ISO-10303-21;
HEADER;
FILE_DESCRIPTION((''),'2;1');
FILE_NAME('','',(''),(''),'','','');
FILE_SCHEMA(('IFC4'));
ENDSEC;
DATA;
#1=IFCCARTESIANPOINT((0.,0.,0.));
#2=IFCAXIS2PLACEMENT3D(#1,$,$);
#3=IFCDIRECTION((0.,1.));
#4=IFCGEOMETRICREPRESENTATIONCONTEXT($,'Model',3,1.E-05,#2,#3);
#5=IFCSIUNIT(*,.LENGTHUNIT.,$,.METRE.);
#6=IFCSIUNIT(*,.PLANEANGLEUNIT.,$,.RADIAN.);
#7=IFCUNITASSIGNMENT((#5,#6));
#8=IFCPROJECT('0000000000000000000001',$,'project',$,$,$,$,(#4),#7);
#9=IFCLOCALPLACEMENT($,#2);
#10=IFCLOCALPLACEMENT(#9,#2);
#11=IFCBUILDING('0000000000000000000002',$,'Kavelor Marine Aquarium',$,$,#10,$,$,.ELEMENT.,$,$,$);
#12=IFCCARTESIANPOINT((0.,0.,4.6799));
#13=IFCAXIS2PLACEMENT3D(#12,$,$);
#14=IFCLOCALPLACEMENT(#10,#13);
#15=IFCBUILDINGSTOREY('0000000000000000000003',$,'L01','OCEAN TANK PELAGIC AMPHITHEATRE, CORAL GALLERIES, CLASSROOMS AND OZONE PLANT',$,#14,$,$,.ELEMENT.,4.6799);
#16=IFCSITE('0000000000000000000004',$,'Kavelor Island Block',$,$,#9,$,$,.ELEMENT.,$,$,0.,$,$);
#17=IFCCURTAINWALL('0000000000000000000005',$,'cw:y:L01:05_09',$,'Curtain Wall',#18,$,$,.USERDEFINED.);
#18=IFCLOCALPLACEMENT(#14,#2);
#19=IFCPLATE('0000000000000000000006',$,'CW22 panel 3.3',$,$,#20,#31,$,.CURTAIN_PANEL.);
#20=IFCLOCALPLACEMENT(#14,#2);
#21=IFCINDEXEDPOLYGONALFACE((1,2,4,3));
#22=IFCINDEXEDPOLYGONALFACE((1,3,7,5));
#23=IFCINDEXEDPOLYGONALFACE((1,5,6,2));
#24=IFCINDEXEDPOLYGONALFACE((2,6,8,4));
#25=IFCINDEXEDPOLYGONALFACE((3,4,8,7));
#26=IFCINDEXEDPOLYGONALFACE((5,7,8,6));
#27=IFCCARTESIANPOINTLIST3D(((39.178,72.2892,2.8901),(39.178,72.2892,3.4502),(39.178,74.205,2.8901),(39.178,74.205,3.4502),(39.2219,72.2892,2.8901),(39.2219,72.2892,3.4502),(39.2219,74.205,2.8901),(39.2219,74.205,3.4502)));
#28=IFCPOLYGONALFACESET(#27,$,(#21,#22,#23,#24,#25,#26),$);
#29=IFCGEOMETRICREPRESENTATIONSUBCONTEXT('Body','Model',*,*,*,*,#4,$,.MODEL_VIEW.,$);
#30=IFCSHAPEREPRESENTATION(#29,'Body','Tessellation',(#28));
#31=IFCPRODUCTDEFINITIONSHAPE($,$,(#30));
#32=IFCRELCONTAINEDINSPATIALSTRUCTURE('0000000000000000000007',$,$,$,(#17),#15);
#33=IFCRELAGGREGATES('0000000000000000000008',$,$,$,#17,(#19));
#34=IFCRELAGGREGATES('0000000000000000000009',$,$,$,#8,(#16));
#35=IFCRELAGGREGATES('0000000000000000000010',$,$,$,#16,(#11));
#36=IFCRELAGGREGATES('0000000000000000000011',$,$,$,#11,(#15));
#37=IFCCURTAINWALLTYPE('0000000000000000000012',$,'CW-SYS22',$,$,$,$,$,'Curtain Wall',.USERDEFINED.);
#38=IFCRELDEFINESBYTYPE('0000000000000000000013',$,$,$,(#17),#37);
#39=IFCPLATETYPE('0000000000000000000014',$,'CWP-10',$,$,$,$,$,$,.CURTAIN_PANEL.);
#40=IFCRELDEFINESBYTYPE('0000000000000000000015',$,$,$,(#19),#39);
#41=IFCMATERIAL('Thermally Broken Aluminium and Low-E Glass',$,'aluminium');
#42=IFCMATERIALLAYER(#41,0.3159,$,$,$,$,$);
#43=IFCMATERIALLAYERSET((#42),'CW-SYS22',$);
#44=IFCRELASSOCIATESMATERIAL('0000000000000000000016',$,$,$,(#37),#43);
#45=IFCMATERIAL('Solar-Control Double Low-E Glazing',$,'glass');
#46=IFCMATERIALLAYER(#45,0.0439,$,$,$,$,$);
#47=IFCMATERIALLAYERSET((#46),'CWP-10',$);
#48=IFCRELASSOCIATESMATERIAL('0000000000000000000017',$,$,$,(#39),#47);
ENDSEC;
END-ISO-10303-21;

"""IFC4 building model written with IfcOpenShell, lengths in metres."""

from ifc_helpers import new_model, si_unit, direction, frame, origin, origin_2d, place, context, subcontext, project, spatial, rectangle, extrude, material, layer, layer_set, type_object, element, aggregate, save


model = new_model("IFC4")

# Units and contexts
model_context = context("Model", 3, precision=1e-05, world=origin(), true_north=direction((0.0, 1.0)))
body_context = subcontext(model_context, "Body", "Model", "MODEL_VIEW")
ifc_project = project(units=[si_unit("LENGTHUNIT", "METRE"), si_unit("PLANEANGLEUNIT", "RADIAN")], contexts=[model_context])

# Site, building, storey
site_placement = place(None, origin())
site = spatial("IfcSite", under=ifc_project, at=site_placement, Name="Kavelor Island Block", CompositionType="ELEMENT", RefElevation=0.0)
building_placement = place(site_placement, origin())
building = spatial("IfcBuilding", under=site, at=building_placement, Name="Kavelor Marine Aquarium", CompositionType="ELEMENT")
storey_placement = place(building_placement, frame((0.0, 0.0, 4.6799)))
storey = spatial("IfcBuildingStorey", under=building, at=storey_placement, Name="L01", Description="OCEAN TANK PELAGIC AMPHITHEATRE, CORAL GALLERIES, CLASSROOMS AND OZONE PLANT", CompositionType="ELEMENT", Elevation=4.6799)

# Curtain wall
ifc_material_1 = material(Name="Thermally Broken Aluminium and Low-E Glass", Category="aluminium")
ifc_layer_1 = layer(ifc_material_1, 0.3159)
ifc_layer_set_1 = layer_set([ifc_layer_1], Name="CW-SYS22")
curtain_wall_type_1 = type_object("IfcCurtainWallType", Name="CW-SYS22", ElementType="Curtain Wall", PredefinedType="USERDEFINED", material=ifc_layer_set_1)
curtain_wall_1_placement = place(storey_placement, origin())
curtain_wall_1 = element("IfcCurtainWall", 1, at=curtain_wall_1_placement, inside=storey, type_object=curtain_wall_type_1, Name="cw:y:L01:05_09", ObjectType="Curtain Wall", PredefinedType="USERDEFINED")

# Plate
ifc_material_2 = material(Name="Solar-Control Double Low-E Glazing", Category="glass")
ifc_layer_2 = layer(ifc_material_2, 0.0439)
ifc_layer_set_2 = layer_set([ifc_layer_2], Name="CWP-10")
plate_type = type_object("IfcPlateType", Name="CWP-10", PredefinedType="CURTAIN_PANEL", material=ifc_layer_set_2)
plate_1_placement = place(storey_placement, frame((39.2, 73.2471, 2.8901), z_axis=(0.0, 0.0, 1.0), x_axis=(0.0, 1.0, 0.0)))
plate_1 = element("IfcPlate", 2, at=plate_1_placement, type_object=plate_type, Name="CW22 panel 3.3", PredefinedType="CURTAIN_PANEL", context=body_context, shape_type="SweptSolid", body=[
    extrude(rectangle(XDim=1.9158, YDim=0.0439, at=origin_2d()), origin(), (0.0, 0.0, 1.0), 0.5601),
])
aggregate(curtain_wall_1, [plate_1])

save(model, "model.ifc")
